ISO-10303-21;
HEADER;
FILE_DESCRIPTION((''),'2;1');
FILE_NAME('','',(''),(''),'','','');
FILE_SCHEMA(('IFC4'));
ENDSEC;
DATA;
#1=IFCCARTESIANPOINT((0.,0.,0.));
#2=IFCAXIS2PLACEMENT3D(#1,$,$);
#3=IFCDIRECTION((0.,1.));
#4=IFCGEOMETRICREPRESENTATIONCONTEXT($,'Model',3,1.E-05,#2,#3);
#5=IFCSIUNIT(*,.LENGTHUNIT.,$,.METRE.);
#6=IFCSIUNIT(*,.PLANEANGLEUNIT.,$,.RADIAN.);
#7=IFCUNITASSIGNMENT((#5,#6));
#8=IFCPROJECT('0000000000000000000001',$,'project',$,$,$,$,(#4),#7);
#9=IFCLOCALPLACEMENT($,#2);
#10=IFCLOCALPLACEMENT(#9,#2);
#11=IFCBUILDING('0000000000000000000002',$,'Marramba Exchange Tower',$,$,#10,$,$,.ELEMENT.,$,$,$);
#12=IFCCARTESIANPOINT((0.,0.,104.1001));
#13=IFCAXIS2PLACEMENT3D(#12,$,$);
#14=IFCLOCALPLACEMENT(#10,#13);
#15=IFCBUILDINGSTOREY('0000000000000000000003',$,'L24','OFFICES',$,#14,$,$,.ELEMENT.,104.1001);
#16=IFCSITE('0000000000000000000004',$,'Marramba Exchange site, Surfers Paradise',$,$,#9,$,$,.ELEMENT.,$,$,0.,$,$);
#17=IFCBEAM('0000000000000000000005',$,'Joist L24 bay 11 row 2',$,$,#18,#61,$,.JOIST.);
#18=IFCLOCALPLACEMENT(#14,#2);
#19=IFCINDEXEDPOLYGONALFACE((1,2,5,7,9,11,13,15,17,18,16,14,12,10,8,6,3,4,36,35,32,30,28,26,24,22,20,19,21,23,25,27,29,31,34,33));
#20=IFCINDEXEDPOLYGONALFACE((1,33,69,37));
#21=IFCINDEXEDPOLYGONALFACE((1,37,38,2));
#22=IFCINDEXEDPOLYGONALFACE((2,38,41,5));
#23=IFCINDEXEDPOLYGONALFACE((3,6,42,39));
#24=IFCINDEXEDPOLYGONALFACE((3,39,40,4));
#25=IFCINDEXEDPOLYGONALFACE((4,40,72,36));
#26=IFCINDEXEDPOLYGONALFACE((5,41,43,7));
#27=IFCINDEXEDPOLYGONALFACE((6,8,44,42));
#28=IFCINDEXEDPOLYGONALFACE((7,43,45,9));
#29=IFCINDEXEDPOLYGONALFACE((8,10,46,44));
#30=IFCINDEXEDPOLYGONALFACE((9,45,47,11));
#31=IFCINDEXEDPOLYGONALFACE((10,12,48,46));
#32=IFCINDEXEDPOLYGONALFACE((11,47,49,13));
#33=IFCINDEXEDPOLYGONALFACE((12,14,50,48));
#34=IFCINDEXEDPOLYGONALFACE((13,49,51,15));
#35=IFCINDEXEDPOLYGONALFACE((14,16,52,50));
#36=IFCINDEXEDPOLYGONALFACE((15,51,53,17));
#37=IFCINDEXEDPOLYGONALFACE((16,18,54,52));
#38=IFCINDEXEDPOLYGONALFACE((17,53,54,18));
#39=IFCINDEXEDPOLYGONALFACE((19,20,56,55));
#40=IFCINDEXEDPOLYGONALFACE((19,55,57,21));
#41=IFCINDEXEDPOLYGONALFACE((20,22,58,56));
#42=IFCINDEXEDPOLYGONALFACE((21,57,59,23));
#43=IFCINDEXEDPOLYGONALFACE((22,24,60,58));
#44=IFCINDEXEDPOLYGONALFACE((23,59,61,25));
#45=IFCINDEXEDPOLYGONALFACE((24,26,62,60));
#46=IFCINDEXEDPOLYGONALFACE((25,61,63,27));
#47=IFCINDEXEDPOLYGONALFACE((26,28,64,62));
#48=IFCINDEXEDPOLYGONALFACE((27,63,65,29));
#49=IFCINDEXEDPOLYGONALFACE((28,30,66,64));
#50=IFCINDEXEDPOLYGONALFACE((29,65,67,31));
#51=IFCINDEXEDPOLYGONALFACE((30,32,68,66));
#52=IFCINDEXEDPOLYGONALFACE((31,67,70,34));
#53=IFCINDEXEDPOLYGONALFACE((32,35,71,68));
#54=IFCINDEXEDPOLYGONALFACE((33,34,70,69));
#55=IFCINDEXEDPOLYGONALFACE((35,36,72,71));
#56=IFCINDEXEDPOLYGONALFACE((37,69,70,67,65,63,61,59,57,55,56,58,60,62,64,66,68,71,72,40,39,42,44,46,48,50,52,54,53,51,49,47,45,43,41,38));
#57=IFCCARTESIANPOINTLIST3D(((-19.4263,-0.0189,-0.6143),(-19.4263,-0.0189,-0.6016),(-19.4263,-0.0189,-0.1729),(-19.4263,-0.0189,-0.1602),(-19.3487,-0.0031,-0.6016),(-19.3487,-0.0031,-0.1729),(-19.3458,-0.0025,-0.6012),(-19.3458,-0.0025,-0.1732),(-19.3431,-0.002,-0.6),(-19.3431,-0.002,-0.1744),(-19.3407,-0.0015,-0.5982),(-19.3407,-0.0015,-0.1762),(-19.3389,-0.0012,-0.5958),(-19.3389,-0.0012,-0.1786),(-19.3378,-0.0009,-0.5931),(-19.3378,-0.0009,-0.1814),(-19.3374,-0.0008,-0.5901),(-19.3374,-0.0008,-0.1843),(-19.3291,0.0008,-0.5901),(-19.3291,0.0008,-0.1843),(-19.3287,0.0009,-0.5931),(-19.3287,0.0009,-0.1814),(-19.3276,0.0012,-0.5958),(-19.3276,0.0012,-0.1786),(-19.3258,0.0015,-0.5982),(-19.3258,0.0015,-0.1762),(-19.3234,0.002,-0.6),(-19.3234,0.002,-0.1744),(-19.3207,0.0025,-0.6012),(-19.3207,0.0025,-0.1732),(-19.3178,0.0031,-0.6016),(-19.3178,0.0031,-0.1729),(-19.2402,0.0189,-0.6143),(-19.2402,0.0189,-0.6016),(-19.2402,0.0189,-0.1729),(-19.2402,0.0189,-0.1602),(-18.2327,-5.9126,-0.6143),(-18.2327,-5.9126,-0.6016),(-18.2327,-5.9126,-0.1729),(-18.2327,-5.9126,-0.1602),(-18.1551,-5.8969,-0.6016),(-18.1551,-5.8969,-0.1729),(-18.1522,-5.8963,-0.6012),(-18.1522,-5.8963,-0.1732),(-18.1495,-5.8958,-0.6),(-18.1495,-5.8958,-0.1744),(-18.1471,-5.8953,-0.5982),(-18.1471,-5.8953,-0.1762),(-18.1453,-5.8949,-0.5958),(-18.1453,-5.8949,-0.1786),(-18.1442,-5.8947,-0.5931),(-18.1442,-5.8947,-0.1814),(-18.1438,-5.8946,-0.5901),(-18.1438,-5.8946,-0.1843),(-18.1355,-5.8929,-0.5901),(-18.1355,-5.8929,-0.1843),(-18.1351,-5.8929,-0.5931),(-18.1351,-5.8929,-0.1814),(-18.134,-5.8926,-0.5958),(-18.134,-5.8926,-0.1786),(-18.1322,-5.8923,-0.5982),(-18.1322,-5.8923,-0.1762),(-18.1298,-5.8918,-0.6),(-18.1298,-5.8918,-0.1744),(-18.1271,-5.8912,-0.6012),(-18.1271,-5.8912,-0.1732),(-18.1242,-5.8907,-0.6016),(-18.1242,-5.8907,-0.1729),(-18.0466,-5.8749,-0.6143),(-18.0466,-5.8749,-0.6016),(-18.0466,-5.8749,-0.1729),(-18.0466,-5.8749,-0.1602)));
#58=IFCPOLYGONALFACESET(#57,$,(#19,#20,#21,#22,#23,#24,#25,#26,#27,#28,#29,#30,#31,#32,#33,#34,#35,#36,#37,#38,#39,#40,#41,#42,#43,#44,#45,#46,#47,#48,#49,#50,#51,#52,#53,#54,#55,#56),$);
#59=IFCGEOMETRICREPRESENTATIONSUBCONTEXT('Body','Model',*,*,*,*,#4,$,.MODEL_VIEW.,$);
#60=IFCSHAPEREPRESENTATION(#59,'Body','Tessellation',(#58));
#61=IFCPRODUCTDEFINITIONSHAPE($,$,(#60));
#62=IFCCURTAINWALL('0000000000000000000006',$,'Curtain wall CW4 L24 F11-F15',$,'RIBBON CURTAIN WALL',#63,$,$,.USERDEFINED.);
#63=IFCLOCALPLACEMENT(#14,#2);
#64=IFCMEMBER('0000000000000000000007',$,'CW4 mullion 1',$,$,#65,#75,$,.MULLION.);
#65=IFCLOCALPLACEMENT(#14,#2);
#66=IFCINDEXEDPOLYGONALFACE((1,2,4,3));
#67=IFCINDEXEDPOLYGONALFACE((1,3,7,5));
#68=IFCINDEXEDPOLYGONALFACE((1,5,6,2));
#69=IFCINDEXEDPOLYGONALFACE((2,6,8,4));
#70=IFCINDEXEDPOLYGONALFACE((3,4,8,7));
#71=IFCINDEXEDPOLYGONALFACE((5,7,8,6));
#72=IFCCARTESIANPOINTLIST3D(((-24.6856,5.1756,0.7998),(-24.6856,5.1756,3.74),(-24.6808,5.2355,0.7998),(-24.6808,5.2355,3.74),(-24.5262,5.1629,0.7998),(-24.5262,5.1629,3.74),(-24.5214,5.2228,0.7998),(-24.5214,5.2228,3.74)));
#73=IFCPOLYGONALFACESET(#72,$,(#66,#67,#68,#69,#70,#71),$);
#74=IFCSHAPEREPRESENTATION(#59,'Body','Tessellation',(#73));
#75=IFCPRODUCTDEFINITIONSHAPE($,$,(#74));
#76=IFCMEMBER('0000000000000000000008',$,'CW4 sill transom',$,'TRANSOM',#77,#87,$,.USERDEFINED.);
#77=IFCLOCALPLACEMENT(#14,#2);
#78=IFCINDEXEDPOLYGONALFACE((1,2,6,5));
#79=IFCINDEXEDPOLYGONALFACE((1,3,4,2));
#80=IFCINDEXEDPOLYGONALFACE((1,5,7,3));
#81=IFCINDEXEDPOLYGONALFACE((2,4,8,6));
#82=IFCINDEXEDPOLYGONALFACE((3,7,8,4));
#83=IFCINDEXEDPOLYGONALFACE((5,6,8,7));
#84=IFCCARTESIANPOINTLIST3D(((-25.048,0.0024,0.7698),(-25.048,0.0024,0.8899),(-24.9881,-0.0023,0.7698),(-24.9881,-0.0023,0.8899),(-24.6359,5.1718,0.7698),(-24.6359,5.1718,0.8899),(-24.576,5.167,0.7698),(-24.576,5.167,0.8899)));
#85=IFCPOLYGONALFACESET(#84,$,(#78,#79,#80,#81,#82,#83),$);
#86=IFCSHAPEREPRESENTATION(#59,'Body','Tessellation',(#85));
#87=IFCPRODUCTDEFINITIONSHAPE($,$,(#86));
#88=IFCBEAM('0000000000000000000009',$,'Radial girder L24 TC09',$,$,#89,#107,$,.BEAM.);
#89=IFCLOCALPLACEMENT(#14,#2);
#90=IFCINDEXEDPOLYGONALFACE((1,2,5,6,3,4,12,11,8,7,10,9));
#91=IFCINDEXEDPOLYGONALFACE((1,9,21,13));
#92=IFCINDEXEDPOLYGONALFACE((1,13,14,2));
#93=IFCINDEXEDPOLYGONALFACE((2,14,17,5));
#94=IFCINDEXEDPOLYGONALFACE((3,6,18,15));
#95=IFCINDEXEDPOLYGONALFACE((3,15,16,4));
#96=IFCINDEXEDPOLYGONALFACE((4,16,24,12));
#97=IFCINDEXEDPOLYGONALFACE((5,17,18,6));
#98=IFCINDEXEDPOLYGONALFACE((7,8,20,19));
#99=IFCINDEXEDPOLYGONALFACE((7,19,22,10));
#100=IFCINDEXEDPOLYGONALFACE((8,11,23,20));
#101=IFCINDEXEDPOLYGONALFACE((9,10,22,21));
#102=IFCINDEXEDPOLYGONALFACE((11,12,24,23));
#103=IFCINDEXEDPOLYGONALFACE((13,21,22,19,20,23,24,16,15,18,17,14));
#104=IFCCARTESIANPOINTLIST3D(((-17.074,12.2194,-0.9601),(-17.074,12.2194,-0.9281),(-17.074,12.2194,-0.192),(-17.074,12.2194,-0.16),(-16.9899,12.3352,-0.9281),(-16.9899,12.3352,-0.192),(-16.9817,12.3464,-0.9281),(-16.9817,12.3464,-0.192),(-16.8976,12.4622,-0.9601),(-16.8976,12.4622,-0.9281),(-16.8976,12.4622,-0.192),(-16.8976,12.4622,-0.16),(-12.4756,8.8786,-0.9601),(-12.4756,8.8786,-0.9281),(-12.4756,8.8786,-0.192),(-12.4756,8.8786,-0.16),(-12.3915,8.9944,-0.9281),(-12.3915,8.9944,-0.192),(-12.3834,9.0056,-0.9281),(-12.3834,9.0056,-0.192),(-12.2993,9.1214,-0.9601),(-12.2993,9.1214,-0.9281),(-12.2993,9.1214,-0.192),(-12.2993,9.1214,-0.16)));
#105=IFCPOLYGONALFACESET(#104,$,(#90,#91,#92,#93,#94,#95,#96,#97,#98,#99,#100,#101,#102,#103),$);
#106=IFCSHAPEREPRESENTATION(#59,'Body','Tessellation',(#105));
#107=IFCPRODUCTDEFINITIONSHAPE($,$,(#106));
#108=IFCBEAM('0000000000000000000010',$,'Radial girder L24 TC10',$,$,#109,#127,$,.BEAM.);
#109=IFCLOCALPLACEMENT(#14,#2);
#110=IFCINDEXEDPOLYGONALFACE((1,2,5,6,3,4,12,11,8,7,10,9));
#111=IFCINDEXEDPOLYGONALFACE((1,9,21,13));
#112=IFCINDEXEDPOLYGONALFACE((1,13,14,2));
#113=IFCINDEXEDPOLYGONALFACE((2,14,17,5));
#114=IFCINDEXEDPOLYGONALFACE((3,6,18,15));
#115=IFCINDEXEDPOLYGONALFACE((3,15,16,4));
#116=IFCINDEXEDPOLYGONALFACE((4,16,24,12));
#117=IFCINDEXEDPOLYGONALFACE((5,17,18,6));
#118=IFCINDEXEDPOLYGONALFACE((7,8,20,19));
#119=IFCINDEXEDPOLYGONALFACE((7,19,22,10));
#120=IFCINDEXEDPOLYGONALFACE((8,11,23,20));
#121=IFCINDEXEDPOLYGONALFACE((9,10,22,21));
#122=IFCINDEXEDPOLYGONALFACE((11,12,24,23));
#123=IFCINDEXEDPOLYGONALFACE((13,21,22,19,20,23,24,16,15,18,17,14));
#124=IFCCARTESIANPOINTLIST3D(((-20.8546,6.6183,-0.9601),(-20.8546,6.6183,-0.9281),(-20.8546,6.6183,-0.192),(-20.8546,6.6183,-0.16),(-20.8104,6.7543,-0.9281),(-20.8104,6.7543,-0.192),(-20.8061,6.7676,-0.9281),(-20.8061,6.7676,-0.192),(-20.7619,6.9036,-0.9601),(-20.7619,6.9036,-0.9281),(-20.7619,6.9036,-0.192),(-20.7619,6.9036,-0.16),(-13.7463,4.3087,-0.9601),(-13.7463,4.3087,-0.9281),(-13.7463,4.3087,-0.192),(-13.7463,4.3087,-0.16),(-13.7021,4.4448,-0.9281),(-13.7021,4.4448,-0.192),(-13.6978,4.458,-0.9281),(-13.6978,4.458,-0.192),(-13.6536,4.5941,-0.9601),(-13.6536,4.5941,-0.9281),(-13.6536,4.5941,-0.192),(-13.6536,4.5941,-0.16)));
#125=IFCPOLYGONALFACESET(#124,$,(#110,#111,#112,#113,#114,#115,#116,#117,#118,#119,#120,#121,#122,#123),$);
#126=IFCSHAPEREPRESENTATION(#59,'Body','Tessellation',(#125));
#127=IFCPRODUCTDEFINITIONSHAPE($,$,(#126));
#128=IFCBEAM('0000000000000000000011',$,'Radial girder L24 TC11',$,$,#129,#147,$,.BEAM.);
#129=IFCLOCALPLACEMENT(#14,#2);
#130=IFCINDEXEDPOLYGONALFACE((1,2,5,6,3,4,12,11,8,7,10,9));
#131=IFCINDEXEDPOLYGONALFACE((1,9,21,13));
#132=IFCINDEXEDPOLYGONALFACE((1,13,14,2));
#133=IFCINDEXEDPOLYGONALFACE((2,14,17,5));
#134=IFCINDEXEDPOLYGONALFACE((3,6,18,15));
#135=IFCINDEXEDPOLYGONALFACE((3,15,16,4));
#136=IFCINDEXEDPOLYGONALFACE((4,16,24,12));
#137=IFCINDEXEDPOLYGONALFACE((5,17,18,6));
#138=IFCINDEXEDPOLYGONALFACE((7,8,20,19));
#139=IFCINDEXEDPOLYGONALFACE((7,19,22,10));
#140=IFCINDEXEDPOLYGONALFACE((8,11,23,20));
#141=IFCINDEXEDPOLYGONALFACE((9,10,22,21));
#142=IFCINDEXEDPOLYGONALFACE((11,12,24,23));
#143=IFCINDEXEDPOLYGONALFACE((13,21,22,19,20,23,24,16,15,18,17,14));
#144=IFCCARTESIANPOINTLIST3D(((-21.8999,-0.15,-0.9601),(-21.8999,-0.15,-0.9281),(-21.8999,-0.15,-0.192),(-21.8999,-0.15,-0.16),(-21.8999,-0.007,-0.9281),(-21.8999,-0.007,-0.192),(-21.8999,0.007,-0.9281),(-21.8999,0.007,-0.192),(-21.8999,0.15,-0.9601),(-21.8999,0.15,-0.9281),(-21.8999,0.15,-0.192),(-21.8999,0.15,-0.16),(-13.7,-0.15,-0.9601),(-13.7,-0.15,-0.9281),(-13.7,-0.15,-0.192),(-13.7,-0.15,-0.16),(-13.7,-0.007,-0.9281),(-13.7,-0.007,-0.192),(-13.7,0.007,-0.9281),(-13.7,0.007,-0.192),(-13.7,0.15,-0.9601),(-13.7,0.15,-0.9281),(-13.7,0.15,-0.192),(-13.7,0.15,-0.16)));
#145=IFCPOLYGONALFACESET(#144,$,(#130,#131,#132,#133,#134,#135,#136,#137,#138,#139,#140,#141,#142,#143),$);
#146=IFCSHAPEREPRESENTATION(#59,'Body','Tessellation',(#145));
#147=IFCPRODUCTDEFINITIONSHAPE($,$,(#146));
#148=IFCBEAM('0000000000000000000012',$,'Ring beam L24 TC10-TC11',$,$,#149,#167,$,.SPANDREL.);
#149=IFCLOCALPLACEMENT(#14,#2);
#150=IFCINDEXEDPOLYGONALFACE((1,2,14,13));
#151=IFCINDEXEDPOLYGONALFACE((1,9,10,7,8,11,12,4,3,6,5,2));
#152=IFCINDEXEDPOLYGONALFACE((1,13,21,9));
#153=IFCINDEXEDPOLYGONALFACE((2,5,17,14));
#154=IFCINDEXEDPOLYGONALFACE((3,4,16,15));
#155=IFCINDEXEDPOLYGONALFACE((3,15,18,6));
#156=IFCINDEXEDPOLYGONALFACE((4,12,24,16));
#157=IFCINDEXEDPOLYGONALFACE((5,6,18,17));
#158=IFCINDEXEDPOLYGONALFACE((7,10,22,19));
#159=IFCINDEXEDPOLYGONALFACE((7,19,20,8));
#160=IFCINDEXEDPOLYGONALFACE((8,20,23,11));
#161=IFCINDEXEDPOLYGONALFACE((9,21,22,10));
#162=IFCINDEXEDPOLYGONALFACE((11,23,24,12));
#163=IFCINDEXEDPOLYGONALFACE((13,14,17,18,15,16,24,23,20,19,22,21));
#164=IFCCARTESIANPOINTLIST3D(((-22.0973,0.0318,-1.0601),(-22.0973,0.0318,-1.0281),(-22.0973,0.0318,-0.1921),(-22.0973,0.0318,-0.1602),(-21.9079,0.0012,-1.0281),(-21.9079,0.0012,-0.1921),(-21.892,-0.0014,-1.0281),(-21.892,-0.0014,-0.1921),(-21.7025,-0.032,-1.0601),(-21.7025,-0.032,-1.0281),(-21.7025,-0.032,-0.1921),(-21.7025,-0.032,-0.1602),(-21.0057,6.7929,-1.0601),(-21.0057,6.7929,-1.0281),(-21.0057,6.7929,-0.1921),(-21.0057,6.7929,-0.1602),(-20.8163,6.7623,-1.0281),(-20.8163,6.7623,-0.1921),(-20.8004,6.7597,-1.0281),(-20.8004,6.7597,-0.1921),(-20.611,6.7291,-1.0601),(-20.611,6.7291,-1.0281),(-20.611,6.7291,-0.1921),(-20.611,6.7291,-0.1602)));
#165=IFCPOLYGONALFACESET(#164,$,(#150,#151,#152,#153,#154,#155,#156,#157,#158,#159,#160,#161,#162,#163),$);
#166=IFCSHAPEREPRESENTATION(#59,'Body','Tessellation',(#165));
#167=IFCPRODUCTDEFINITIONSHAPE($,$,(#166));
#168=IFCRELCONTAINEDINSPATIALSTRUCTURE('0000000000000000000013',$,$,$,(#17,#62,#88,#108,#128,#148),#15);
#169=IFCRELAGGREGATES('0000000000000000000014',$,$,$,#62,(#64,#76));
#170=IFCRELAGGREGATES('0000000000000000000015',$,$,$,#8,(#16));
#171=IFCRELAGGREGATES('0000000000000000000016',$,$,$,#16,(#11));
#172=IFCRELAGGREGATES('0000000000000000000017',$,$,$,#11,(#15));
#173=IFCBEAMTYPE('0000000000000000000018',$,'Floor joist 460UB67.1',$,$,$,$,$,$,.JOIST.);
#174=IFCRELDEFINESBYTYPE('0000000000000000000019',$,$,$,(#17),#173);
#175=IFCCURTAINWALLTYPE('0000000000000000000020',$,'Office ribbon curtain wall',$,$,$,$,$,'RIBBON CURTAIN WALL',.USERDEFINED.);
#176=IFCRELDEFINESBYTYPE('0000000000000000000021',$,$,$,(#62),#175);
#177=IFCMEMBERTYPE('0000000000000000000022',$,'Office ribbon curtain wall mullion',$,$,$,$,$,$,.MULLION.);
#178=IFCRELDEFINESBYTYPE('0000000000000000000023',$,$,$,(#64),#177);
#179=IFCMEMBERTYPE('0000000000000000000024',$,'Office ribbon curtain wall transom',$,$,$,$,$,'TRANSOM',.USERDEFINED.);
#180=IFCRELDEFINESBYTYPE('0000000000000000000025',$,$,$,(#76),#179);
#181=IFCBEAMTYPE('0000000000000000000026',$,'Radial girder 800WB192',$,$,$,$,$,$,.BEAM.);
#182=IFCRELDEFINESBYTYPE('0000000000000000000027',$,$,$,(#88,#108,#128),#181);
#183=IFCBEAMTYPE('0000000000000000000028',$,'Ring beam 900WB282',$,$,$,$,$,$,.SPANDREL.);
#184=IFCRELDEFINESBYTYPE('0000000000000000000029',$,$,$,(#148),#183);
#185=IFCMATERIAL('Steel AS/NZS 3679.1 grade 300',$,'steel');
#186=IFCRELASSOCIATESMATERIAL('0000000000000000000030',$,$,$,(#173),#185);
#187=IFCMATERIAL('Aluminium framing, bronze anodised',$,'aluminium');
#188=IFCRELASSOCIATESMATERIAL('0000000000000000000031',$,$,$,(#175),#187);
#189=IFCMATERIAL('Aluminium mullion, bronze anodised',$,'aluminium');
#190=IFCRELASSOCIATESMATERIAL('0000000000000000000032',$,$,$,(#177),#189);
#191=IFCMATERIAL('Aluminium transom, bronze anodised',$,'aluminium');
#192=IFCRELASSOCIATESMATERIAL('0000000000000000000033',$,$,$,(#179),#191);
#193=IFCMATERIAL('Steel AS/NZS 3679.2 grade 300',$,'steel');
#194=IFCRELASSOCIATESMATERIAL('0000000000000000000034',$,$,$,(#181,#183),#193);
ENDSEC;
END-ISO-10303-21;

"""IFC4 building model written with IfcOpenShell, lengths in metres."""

from ifc_helpers import new_model, si_unit, direction, frame, origin, origin_2d, place, context, subcontext, project, spatial, rectangle, i_section, extrude, material, material_profile, profile_set, type_object, element, aggregate, save


model = new_model("IFC4")

# Units and contexts
model_context = context("Model", 3, precision=1e-05, world=origin(), true_north=direction((0.0, 1.0)))
body_context = subcontext(model_context, "Body", "Model", "MODEL_VIEW")
ifc_project = project(units=[si_unit("LENGTHUNIT", "METRE"), si_unit("PLANEANGLEUNIT", "RADIAN")], contexts=[model_context])

# Site, building, storey
site_placement = place(None, origin())
site = spatial("IfcSite", under=ifc_project, at=site_placement, Name="Marramba Exchange site, Surfers Paradise", CompositionType="ELEMENT", RefElevation=0.0)
building_placement = place(site_placement, origin())
building = spatial("IfcBuilding", under=site, at=building_placement, Name="Marramba Exchange Tower", CompositionType="ELEMENT")
storey_placement = place(building_placement, frame((0.0, 0.0, 104.1001)))
storey = spatial("IfcBuildingStorey", under=building, at=storey_placement, Name="L24", Description="OFFICES", CompositionType="ELEMENT", Elevation=104.1001)

# Beam
ifc_material_1 = material(Name="Steel AS/NZS 3679.2 grade 300", Category="steel")
ifc_material_2 = material(Name="Steel AS/NZS 3679.1 grade 300", Category="steel")
ifc_material_profile_1 = material_profile(ifc_material_2, i_section(OverallWidth=0.1899, OverallDepth=0.4541, WebThickness=0.0085, FlangeThickness=0.0127, FilletRadius=0.0115, at=origin_2d()), Name="460UB67.1")
ifc_profile_set_1 = profile_set([ifc_material_profile_1], Name="Steel AS/NZS 3679.1 grade 300")
beam_type_1 = type_object("IfcBeamType", Name="Floor joist 460UB67.1", PredefinedType="JOIST", material=ifc_profile_set_1)
beam_1_placement = place(storey_placement, frame((-19.3333, 0.0, -0.3872), z_axis=(0.198489, -0.980103, 0.0), x_axis=(0.980103, 0.198489, 0.0)))
element("IfcBeam", 1, at=beam_1_placement, inside=storey, type_object=beam_type_1, Name="Joist L24 bay 11 row 2", PredefinedType="JOIST", context=body_context, shape_type="SweptSolid", body=[
    extrude(i_section(OverallWidth=0.1899, OverallDepth=0.4541, WebThickness=0.0085, FlangeThickness=0.0127, FilletRadius=0.0115, at=origin_2d()), origin(), (0.0, 0.0, 1.0), 6.0134),
])

# Curtain wall, members
ifc_material_3 = material(Name="Aluminium framing, bronze anodised", Category="aluminium")
curtain_wall_type = type_object("IfcCurtainWallType", Name="Office ribbon curtain wall", ElementType="RIBBON CURTAIN WALL", PredefinedType="USERDEFINED", material=ifc_material_3)
curtain_wall_placement = place(storey_placement, origin())
curtain_wall = element("IfcCurtainWall", 2, at=curtain_wall_placement, inside=storey, type_object=curtain_wall_type, Name="Curtain wall CW4 L24 F11-F15", ObjectType="RIBBON CURTAIN WALL", PredefinedType="USERDEFINED")
ifc_material_4 = material(Name="Aluminium mullion, bronze anodised", Category="aluminium")
ifc_material_profile_2 = material_profile(ifc_material_4, rectangle(XDim=0.1599, YDim=0.0601, at=origin_2d()), Name="CW4 mullion 60x160")
ifc_profile_set_2 = profile_set([ifc_material_profile_2], Name="Aluminium mullion, bronze anodised")
member_type_1 = type_object("IfcMemberType", Name="Office ribbon curtain wall mullion", PredefinedType="MULLION", material=ifc_profile_set_2)
member_1_placement = place(storey_placement, frame((-24.6035, 5.1992, 0.7998), z_axis=(0.0, 0.0, 1.0), x_axis=(0.996838, -0.07946, 0.0)))
member_1 = element("IfcMember", 3, at=member_1_placement, type_object=member_type_1, Name="CW4 mullion 1", PredefinedType="MULLION", context=body_context, shape_type="SweptSolid", body=[
    extrude(rectangle(XDim=0.1599, YDim=0.0601, at=origin_2d()), origin(), (0.0, 0.0, 1.0), 2.9402),
])
ifc_material_5 = material(Name="Aluminium transom, bronze anodised", Category="aluminium")
ifc_material_profile_3 = material_profile(ifc_material_5, rectangle(XDim=0.0601, YDim=0.1201, at=origin_2d()), Name="CW4 transom 60x120")
ifc_profile_set_3 = profile_set([ifc_material_profile_3], Name="Aluminium transom, bronze anodised")
member_type_2 = type_object("IfcMemberType", Name="Office ribbon curtain wall transom", ElementType="TRANSOM", PredefinedType="USERDEFINED", material=ifc_profile_set_3)
member_2_placement = place(storey_placement, frame((-24.606, 5.1694, 0.8298), z_axis=(-0.079468, -0.996837, 0.0), x_axis=(0.996837, -0.079468, 0.0)))
member_2 = element("IfcMember", 4, at=member_2_placement, type_object=member_type_2, Name="CW4 sill transom", ObjectType="TRANSOM", PredefinedType="USERDEFINED", context=body_context, shape_type="SweptSolid", body=[
    extrude(rectangle(XDim=0.0601, YDim=0.1201, at=origin_2d()), origin(), (0.0, 0.0, 1.0), 5.1858),
])

# Beams
ifc_material_profile_4 = material_profile(ifc_material_1, i_section(OverallWidth=0.3, OverallDepth=0.8, WebThickness=0.0139, FlangeThickness=0.032, at=origin_2d()), Name="800WB192")
ifc_profile_set_4 = profile_set([ifc_material_profile_4], Name="Steel AS/NZS 3679.2 grade 300")
beam_type_2 = type_object("IfcBeamType", Name="Radial girder 800WB192", PredefinedType="BEAM", material=ifc_profile_set_4)
beam_2_placement = place(storey_placement, frame((-12.3875, 9.0, -0.5601), z_axis=(-0.809026, 0.587773, 0.0), x_axis=(-0.587773, -0.809026, 0.0)))
element("IfcBeam", 5, at=beam_2_placement, inside=storey, type_object=beam_type_2, Name="Radial girder L24 TC09", PredefinedType="BEAM", context=body_context, shape_type="SweptSolid", body=[
    extrude(i_section(OverallWidth=0.3, OverallDepth=0.8, WebThickness=0.0139, FlangeThickness=0.032, at=origin_2d()), origin(), (0.0, 0.0, 1.0), 5.6838),
])
beam_3_placement = place(storey_placement, frame((-13.7, 4.4514, -0.5601), z_axis=(-0.95106, 0.309006, 0.0), x_axis=(-0.309006, -0.95106, 0.0)))
element("IfcBeam", 6, at=beam_3_placement, inside=storey, type_object=beam_type_2, Name="Radial girder L24 TC10", PredefinedType="BEAM", context=body_context, shape_type="SweptSolid", body=[
    extrude(i_section(OverallWidth=0.3, OverallDepth=0.8, WebThickness=0.0139, FlangeThickness=0.032, at=origin_2d()), origin(), (0.0, 0.0, 1.0), 7.4741),
])
beam_4_placement = place(storey_placement, frame((-13.7, 0.0, -0.5601), z_axis=(-1.0, 0.0, 0.0), x_axis=(0.0, -1.0, 0.0)))
element("IfcBeam", 7, at=beam_4_placement, inside=storey, type_object=beam_type_2, Name="Radial girder L24 TC11", PredefinedType="BEAM", context=body_context, shape_type="SweptSolid", body=[
    extrude(i_section(OverallWidth=0.3, OverallDepth=0.8, WebThickness=0.0139, FlangeThickness=0.032, at=origin_2d()), origin(), (0.0, 0.0, 1.0), 8.2),
])
ifc_material_profile_5 = material_profile(ifc_material_1, i_section(OverallWidth=0.3999, OverallDepth=0.8999, WebThickness=0.0161, FlangeThickness=0.032, at=origin_2d()), Name="900WB282")
ifc_profile_set_5 = profile_set([ifc_material_profile_5], Name="Steel AS/NZS 3679.2 grade 300")
beam_type_3 = type_object("IfcBeamType", Name="Ring beam 900WB282", PredefinedType="SPANDREL", material=ifc_profile_set_5)
beam_5_placement = place(storey_placement, frame((-20.8083, 6.761, -0.6101), z_axis=(-0.159385, -0.987217, 0.0), x_axis=(0.987217, -0.159385, 0.0)))
element("IfcBeam", 8, at=beam_5_placement, inside=storey, type_object=beam_type_3, Name="Ring beam L24 TC10-TC11", PredefinedType="SPANDREL", context=body_context, shape_type="SweptSolid", body=[
    extrude(i_section(OverallWidth=0.3999, OverallDepth=0.8999, WebThickness=0.0161, FlangeThickness=0.032, at=origin_2d()), origin(), (0.0, 0.0, 1.0), 6.8486),
])

aggregate(curtain_wall, [member_1, member_2])

save(model, "model.ifc")
